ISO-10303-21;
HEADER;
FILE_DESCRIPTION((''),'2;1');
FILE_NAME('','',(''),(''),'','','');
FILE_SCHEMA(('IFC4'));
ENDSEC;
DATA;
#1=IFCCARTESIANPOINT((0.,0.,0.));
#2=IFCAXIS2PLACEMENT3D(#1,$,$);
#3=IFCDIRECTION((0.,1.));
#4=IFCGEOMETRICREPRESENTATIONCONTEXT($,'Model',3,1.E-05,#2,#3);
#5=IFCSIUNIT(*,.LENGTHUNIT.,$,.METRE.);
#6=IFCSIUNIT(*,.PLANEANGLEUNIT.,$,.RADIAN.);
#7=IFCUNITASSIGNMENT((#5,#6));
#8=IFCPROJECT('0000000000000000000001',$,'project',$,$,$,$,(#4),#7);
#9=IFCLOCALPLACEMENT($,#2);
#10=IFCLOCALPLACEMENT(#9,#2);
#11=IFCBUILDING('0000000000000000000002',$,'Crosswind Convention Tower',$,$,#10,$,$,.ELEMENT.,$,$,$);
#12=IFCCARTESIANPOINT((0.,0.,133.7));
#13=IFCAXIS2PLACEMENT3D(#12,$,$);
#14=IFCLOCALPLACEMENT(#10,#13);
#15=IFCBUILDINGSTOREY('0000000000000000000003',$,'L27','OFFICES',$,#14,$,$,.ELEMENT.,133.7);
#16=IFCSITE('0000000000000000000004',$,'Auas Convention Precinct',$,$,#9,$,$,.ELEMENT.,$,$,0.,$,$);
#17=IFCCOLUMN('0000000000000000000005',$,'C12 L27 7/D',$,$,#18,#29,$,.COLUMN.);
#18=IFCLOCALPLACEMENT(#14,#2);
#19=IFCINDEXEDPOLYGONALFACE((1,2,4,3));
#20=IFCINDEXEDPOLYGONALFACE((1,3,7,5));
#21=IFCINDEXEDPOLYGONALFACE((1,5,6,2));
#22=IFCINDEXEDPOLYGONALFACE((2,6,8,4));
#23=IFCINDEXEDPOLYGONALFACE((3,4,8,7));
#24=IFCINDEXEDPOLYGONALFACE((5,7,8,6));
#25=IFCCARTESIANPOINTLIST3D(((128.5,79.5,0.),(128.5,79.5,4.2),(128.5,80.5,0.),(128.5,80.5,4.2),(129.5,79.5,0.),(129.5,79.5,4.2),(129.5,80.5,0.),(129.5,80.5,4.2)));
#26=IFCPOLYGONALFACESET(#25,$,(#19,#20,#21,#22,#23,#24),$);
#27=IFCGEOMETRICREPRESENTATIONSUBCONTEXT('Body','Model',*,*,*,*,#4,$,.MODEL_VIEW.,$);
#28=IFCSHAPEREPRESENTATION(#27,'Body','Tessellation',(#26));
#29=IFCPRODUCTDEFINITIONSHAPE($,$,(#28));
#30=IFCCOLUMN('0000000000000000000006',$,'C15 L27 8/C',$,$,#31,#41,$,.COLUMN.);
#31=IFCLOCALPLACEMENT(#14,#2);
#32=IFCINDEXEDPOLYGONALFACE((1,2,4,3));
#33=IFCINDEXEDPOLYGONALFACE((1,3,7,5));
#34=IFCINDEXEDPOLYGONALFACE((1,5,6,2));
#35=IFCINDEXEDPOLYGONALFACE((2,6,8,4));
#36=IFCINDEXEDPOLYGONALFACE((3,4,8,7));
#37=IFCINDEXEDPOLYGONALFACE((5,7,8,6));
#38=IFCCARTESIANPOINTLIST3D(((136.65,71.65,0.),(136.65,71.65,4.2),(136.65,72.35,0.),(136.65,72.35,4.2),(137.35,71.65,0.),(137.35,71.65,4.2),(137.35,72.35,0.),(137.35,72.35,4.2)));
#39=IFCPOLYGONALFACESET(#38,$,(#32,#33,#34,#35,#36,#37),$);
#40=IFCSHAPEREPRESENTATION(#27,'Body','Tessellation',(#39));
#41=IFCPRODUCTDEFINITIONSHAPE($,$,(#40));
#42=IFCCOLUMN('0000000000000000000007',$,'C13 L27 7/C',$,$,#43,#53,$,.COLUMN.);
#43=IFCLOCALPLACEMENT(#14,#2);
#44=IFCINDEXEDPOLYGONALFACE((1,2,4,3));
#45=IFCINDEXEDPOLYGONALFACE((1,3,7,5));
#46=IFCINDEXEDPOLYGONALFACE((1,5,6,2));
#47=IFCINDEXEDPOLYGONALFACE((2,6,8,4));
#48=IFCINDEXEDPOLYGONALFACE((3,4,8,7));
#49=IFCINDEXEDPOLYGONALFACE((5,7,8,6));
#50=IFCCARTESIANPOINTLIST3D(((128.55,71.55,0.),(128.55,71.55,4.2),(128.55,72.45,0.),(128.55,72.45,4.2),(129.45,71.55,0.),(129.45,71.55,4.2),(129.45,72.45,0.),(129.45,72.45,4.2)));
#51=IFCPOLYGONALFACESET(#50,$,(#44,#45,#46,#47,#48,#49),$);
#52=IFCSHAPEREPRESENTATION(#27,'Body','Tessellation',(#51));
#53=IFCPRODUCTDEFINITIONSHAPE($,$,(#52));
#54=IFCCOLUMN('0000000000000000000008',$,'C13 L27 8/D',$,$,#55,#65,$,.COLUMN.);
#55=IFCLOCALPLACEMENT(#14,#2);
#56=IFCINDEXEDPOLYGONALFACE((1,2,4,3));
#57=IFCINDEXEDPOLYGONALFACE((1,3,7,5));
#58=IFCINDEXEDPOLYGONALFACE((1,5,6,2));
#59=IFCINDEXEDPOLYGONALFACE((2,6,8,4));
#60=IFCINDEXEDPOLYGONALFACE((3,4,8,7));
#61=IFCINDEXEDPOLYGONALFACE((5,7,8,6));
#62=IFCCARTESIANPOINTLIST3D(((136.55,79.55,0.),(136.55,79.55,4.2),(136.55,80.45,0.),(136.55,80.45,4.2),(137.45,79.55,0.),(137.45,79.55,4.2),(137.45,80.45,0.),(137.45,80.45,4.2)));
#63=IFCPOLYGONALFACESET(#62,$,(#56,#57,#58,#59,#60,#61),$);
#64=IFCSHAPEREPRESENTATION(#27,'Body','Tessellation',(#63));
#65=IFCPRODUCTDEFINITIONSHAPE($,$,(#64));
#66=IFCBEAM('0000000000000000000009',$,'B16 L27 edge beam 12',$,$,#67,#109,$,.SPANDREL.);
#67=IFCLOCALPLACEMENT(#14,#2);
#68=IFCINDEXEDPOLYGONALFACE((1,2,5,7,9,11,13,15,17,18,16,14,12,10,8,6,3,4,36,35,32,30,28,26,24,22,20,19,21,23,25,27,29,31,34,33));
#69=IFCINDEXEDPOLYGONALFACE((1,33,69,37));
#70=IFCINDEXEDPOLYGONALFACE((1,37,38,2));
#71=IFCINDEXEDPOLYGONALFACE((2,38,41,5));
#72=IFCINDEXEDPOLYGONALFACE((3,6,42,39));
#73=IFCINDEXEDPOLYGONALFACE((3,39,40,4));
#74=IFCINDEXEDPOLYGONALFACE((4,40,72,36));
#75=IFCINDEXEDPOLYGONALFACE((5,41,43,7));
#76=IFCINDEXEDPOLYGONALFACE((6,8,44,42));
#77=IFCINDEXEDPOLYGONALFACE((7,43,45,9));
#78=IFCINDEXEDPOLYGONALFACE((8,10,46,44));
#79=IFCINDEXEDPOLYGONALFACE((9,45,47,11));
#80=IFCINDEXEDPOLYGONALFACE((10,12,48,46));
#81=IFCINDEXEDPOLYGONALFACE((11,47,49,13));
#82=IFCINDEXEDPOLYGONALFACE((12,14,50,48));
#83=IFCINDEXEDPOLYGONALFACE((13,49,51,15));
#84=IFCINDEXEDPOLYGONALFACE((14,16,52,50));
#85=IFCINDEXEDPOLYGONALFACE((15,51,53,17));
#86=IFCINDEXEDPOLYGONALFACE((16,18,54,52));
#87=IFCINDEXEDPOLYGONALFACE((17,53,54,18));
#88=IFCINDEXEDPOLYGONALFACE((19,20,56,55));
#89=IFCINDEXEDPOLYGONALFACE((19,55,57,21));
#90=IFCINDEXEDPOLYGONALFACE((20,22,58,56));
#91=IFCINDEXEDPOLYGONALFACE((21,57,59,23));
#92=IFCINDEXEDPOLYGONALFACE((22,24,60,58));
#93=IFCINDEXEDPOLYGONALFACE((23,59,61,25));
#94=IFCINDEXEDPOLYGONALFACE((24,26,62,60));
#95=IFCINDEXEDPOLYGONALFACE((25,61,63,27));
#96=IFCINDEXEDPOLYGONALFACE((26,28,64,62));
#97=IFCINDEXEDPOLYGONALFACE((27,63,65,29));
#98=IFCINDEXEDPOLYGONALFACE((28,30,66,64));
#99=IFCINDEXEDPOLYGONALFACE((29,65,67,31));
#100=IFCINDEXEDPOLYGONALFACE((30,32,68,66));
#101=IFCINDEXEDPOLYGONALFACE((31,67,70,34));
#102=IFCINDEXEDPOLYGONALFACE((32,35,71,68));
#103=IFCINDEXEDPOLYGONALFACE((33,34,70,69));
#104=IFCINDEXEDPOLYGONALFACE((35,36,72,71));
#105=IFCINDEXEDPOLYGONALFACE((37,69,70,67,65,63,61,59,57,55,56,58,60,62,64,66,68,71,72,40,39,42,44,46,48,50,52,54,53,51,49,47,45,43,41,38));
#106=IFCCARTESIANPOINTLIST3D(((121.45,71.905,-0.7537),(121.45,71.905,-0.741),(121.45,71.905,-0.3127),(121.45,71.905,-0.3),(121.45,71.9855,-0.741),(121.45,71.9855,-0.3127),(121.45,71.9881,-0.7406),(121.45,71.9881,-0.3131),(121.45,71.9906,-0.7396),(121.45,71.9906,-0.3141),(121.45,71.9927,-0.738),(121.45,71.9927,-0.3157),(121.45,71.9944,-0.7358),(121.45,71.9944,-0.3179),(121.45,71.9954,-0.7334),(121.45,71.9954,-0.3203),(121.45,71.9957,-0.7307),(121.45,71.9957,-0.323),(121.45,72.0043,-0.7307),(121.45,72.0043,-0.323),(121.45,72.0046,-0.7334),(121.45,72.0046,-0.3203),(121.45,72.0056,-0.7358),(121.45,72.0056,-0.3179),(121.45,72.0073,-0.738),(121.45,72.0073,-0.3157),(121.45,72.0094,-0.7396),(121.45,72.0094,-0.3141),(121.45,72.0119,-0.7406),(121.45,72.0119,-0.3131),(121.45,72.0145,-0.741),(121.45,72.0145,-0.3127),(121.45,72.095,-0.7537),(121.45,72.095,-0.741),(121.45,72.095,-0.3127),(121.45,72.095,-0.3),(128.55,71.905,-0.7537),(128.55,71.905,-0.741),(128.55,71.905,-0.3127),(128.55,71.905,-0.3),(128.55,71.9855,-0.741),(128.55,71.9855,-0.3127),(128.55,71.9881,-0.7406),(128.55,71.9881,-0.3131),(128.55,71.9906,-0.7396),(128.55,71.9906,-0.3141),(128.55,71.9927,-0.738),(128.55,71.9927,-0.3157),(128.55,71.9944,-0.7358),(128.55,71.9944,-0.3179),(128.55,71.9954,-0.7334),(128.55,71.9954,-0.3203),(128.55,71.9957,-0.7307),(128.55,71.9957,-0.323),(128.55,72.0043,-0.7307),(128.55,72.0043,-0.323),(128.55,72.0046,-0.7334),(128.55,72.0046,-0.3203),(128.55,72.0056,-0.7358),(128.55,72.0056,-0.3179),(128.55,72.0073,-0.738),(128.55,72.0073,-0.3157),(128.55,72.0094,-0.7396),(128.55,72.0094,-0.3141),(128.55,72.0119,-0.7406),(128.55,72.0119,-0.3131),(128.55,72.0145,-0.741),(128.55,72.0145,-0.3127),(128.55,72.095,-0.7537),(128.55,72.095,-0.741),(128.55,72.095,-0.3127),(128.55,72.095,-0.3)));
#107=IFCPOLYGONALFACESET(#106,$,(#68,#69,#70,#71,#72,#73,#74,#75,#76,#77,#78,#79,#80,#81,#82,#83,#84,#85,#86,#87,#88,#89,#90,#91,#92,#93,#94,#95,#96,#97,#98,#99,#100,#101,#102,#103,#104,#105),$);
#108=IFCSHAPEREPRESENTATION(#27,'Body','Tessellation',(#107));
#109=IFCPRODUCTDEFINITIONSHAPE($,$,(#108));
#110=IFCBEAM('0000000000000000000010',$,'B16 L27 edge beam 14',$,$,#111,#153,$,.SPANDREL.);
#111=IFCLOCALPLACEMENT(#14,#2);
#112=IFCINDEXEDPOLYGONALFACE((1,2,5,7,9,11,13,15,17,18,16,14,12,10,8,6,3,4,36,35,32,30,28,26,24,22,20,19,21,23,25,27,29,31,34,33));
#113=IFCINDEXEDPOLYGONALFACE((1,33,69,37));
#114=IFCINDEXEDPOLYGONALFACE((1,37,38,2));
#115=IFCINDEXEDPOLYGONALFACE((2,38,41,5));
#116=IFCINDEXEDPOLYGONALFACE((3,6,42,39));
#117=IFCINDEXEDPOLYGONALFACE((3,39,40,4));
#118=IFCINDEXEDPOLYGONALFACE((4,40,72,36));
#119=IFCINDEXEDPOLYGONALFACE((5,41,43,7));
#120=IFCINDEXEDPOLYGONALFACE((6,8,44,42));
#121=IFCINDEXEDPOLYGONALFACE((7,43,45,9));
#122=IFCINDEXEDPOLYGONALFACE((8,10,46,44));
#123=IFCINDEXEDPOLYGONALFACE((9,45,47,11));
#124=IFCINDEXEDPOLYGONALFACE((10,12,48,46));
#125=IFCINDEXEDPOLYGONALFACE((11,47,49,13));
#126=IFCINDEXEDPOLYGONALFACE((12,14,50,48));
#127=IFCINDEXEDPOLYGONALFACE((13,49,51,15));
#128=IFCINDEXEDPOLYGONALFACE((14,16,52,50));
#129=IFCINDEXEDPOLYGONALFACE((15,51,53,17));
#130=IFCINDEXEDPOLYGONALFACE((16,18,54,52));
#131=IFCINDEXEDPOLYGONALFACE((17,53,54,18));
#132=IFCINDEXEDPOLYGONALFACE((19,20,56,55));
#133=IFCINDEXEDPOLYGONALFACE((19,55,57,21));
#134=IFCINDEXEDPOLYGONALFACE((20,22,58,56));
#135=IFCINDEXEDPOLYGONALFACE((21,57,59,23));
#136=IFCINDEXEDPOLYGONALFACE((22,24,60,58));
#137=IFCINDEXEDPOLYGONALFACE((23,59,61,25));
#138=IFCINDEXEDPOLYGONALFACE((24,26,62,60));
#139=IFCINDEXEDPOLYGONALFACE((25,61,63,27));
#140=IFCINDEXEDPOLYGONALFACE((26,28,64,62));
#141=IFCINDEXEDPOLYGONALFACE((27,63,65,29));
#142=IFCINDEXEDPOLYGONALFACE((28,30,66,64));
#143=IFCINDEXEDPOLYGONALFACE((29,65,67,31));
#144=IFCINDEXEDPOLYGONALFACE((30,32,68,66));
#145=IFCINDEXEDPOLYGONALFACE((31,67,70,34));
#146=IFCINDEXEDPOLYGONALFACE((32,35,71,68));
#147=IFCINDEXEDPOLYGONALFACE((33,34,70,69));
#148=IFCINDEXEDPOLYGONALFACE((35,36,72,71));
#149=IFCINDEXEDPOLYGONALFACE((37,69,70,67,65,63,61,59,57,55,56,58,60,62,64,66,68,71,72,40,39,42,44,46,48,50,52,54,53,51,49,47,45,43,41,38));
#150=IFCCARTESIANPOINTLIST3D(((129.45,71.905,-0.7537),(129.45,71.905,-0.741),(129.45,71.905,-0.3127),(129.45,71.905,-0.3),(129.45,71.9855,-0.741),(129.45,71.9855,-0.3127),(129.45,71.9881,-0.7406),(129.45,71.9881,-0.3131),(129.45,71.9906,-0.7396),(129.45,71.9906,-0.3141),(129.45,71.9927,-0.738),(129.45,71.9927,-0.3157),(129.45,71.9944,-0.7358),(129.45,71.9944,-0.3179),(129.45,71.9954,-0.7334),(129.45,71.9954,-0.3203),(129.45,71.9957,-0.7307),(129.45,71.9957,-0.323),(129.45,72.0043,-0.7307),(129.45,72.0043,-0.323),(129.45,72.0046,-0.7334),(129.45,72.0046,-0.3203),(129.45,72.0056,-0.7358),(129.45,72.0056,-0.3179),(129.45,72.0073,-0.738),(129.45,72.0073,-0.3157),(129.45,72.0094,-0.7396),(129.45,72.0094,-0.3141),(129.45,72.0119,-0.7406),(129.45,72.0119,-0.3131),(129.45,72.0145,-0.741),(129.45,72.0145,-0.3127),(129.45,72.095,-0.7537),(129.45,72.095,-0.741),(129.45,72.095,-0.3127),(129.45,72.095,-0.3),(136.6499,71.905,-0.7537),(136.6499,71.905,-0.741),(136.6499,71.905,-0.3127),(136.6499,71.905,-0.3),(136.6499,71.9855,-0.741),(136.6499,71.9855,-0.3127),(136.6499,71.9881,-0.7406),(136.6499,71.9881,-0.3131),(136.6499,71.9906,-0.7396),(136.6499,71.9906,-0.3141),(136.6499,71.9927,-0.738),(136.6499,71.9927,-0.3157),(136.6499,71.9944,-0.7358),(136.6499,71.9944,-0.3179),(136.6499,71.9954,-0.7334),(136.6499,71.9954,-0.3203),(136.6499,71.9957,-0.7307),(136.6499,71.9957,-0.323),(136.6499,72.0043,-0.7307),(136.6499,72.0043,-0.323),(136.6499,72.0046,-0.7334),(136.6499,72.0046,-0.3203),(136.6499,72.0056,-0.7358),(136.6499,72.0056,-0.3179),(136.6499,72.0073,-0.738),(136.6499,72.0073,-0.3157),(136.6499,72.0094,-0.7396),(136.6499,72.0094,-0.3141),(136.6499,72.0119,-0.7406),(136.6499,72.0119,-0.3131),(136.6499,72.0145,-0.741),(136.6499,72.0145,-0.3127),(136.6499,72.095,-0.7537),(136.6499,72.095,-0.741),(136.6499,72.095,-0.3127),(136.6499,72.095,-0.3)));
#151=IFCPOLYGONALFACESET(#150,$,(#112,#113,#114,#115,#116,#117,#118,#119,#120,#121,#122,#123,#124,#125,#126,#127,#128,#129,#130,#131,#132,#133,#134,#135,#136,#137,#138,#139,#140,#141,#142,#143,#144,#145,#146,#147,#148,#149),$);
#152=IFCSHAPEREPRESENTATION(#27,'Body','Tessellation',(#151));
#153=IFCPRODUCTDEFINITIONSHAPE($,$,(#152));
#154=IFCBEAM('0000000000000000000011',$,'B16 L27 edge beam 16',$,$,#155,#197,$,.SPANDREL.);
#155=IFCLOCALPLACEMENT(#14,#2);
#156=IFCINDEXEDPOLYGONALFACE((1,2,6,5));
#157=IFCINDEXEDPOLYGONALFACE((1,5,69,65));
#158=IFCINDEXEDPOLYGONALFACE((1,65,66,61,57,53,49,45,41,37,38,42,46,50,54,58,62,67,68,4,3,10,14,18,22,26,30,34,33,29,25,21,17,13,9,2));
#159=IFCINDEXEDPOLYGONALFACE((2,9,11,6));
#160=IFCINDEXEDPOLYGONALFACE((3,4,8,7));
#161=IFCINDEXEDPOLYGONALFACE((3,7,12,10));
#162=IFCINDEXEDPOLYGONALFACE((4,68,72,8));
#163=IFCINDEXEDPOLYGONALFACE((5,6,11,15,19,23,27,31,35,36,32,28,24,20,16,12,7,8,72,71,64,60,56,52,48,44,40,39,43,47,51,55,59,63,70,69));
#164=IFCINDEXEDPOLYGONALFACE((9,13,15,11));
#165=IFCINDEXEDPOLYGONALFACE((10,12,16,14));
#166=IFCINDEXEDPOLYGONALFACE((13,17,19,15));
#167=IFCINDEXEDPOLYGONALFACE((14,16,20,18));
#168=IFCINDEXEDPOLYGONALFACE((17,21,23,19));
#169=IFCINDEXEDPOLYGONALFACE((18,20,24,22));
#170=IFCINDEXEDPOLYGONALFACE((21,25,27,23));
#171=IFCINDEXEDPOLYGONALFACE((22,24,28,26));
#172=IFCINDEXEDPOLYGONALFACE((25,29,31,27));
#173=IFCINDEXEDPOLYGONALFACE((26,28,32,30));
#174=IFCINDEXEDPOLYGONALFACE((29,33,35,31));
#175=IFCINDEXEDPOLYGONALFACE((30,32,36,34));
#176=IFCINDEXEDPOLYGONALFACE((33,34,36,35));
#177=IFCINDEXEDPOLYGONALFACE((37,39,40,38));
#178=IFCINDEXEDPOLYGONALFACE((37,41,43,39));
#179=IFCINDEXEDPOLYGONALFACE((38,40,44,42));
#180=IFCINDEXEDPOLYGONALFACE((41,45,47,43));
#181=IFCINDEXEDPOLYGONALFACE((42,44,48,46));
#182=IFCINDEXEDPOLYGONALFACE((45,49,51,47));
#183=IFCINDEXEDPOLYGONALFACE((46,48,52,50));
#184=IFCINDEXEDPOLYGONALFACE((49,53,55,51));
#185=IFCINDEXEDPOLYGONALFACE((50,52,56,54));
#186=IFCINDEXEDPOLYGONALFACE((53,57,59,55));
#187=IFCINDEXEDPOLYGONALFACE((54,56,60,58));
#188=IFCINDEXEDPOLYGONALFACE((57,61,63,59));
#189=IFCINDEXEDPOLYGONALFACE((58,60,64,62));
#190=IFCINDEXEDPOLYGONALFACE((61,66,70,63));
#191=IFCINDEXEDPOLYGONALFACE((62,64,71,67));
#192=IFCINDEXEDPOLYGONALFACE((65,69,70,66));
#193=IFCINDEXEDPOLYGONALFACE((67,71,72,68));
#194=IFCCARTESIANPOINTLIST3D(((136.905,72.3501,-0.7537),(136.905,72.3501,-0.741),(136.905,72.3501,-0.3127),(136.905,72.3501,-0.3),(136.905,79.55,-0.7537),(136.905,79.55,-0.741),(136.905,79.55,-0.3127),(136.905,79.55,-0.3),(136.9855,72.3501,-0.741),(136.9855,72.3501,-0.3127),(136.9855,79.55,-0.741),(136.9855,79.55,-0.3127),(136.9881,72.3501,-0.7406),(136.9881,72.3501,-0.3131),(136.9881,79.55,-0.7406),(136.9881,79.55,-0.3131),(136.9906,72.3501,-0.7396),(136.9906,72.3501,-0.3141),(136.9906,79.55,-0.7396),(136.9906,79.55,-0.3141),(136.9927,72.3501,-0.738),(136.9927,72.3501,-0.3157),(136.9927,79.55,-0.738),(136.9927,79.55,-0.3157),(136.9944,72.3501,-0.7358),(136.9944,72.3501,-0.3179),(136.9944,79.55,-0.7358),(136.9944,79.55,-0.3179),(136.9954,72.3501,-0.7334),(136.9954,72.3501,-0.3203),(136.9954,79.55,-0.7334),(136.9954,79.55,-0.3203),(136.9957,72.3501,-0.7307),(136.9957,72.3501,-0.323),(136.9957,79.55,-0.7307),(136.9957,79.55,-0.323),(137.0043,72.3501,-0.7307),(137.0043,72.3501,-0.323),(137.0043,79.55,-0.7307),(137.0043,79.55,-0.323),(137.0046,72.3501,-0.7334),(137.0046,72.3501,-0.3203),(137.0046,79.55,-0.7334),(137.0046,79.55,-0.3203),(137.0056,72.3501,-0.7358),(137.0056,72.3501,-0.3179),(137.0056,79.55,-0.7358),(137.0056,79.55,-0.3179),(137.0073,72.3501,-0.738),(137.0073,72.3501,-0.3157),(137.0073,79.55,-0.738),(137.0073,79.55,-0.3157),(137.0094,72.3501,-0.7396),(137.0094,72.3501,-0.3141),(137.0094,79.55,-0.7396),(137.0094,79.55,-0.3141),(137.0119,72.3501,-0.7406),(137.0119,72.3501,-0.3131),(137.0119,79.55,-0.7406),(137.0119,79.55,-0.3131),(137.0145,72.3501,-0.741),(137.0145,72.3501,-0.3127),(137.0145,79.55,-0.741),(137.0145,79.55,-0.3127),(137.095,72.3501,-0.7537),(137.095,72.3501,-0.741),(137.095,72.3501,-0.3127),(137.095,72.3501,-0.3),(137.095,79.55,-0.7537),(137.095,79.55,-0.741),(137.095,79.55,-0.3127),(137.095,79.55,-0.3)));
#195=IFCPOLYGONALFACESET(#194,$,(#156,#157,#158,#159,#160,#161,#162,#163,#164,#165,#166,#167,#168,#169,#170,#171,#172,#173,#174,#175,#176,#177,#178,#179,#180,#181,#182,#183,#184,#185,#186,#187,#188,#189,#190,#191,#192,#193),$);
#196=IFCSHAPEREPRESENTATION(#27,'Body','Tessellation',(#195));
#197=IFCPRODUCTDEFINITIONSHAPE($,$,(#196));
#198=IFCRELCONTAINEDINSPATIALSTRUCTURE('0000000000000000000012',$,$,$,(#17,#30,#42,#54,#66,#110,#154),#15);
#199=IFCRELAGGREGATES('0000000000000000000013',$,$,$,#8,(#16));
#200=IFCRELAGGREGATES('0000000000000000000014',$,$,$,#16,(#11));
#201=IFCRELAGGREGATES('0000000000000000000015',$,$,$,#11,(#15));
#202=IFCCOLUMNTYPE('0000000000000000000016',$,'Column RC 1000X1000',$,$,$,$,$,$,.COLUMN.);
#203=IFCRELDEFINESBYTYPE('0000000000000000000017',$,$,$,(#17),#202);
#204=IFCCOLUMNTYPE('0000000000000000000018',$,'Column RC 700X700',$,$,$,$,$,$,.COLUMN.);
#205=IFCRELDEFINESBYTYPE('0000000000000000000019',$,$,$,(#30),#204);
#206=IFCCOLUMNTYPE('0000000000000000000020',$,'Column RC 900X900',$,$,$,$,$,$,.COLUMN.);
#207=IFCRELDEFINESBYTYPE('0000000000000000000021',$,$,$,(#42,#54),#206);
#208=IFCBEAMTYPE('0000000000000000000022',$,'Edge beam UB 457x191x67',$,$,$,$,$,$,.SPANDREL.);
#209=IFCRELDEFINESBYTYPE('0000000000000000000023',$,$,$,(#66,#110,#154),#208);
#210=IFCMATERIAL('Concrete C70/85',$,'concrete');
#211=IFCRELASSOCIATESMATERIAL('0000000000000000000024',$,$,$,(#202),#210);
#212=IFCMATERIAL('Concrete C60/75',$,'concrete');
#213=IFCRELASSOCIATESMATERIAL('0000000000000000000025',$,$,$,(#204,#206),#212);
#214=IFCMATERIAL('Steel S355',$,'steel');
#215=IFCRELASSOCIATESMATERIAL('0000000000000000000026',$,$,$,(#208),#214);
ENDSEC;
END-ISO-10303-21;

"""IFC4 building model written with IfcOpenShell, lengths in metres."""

from ifc_helpers import new_model, si_unit, direction, frame, origin, origin_2d, place, context, subcontext, project, spatial, rectangle, i_section, extrude, material, material_profile, profile_set, type_object, element, save


model = new_model("IFC4")

# Units and contexts
model_context = context("Model", 3, precision=1e-05, world=origin(), true_north=direction((0.0, 1.0)))
body_context = subcontext(model_context, "Body", "Model", "MODEL_VIEW")
ifc_project = project(units=[si_unit("LENGTHUNIT", "METRE"), si_unit("PLANEANGLEUNIT", "RADIAN")], contexts=[model_context])

# Site, building, storey
site_placement = place(None, origin())
site = spatial("IfcSite", under=ifc_project, at=site_placement, Name="Auas Convention Precinct", CompositionType="ELEMENT", RefElevation=0.0)
building_placement = place(site_placement, origin())
building = spatial("IfcBuilding", under=site, at=building_placement, Name="Crosswind Convention Tower", CompositionType="ELEMENT")
storey_placement = place(building_placement, frame((0.0, 0.0, 133.7)))
storey = spatial("IfcBuildingStorey", under=building, at=storey_placement, Name="L27", Description="OFFICES", CompositionType="ELEMENT", Elevation=133.7)

# Columns
ifc_material_1 = material(Name="Concrete C70/85", Category="concrete")
ifc_material_profile_1 = material_profile(ifc_material_1, rectangle(XDim=1.0, YDim=1.0, at=origin_2d()), Name="RC 1000X1000")
ifc_profile_set_1 = profile_set([ifc_material_profile_1], Name="Concrete C70/85")
column_type_1 = type_object("IfcColumnType", Name="Column RC 1000X1000", PredefinedType="COLUMN", material=ifc_profile_set_1)
column_1_placement = place(storey_placement, frame((129.0, 80.0, 0.0), z_axis=(0.0, 0.0, 1.0), x_axis=(1.0, 0.0, 0.0)))
element("IfcColumn", 1, at=column_1_placement, inside=storey, type_object=column_type_1, Name="C12 L27 7/D", PredefinedType="COLUMN", context=body_context, shape_type="SweptSolid", body=[
    extrude(rectangle(XDim=1.0, YDim=1.0, at=origin_2d()), origin(), (0.0, 0.0, 1.0), 4.2),
])
ifc_material_2 = material(Name="Concrete C60/75", Category="concrete")
ifc_material_profile_2 = material_profile(ifc_material_2, rectangle(XDim=0.7, YDim=0.7, at=origin_2d()), Name="RC 700X700")
ifc_profile_set_2 = profile_set([ifc_material_profile_2], Name="Concrete C60/75")
column_type_2 = type_object("IfcColumnType", Name="Column RC 700X700", PredefinedType="COLUMN", material=ifc_profile_set_2)
column_2_placement = place(storey_placement, frame((137.0, 72.0, 0.0), z_axis=(0.0, 0.0, 1.0), x_axis=(1.0, 0.0, 0.0)))
element("IfcColumn", 2, at=column_2_placement, inside=storey, type_object=column_type_2, Name="C15 L27 8/C", PredefinedType="COLUMN", context=body_context, shape_type="SweptSolid", body=[
    extrude(rectangle(XDim=0.7, YDim=0.7, at=origin_2d()), origin(), (0.0, 0.0, 1.0), 4.2),
])
ifc_material_profile_3 = material_profile(ifc_material_2, rectangle(XDim=0.8999, YDim=0.8999, at=origin_2d()), Name="RC 900X900")
ifc_profile_set_3 = profile_set([ifc_material_profile_3], Name="Concrete C60/75")
column_type_3 = type_object("IfcColumnType", Name="Column RC 900X900", PredefinedType="COLUMN", material=ifc_profile_set_3)
for number, where, z_axis, x_axis, name in (
    (3, (129.0, 72.0, 0.0), (0.0, 0.0, 1.0), (1.0, 0.0, 0.0), "C13 L27 7/C"),
    (4, (137.0, 80.0, 0.0), (0.0, 0.0, 1.0), (1.0, 0.0, 0.0), "C13 L27 8/D"),
):
    element("IfcColumn", number, at=place(storey_placement, frame(where, z_axis=z_axis, x_axis=x_axis)), inside=storey, type_object=column_type_3, Name=name, PredefinedType="COLUMN", context=body_context, shape_type="SweptSolid", body=[
        extrude(rectangle(XDim=0.8999, YDim=0.8999, at=origin_2d()), origin(), (0.0, 0.0, 1.0), 4.2),
    ])

# Beams
ifc_material_3 = material(Name="Steel S355", Category="steel")
ifc_material_profile_4 = material_profile(ifc_material_3, i_section(OverallWidth=0.1899, OverallDepth=0.4536, WebThickness=0.0085, FlangeThickness=0.0127, FilletRadius=0.0103, at=origin_2d()), Name="UB 457x191x67")
ifc_profile_set_4 = profile_set([ifc_material_profile_4], Name="Steel S355")
beam_type_1 = type_object("IfcBeamType", Name="Edge beam UB 457x191x67", PredefinedType="SPANDREL", material=ifc_profile_set_4)
beam_1_placement = place(storey_placement, frame((121.45, 72.0, -0.5269), z_axis=(1.0, 0.0, 0.0), x_axis=(0.0, 1.0, 0.0)))
element("IfcBeam", 5, at=beam_1_placement, inside=storey, type_object=beam_type_1, Name="B16 L27 edge beam 12", PredefinedType="SPANDREL", context=body_context, shape_type="SweptSolid", body=[
    extrude(i_section(OverallWidth=0.1899, OverallDepth=0.4536, WebThickness=0.0085, FlangeThickness=0.0127, FilletRadius=0.0103, at=origin_2d()), origin(), (0.0, 0.0, 1.0), 7.1001),
])
for number, where, z_axis, x_axis, name in (
    (6, (129.45, 72.0, -0.5269), (1.0, 0.0, 0.0), (0.0, 1.0, 0.0), "B16 L27 edge beam 14"),
    (7, (137.0, 72.3501, -0.5269), (0.0, 1.0, 0.0), (-1.0, 0.0, 0.0), "B16 L27 edge beam 16"),
):
    element("IfcBeam", number, at=place(storey_placement, frame(where, z_axis=z_axis, x_axis=x_axis)), inside=storey, type_object=beam_type_1, Name=name, PredefinedType="SPANDREL", context=body_context, shape_type="SweptSolid", body=[
        extrude(i_section(OverallWidth=0.1899, OverallDepth=0.4536, WebThickness=0.0085, FlangeThickness=0.0127, FilletRadius=0.0103, at=origin_2d()), origin(), (0.0, 0.0, 1.0), 7.2),
    ])

save(model, "model.ifc")
